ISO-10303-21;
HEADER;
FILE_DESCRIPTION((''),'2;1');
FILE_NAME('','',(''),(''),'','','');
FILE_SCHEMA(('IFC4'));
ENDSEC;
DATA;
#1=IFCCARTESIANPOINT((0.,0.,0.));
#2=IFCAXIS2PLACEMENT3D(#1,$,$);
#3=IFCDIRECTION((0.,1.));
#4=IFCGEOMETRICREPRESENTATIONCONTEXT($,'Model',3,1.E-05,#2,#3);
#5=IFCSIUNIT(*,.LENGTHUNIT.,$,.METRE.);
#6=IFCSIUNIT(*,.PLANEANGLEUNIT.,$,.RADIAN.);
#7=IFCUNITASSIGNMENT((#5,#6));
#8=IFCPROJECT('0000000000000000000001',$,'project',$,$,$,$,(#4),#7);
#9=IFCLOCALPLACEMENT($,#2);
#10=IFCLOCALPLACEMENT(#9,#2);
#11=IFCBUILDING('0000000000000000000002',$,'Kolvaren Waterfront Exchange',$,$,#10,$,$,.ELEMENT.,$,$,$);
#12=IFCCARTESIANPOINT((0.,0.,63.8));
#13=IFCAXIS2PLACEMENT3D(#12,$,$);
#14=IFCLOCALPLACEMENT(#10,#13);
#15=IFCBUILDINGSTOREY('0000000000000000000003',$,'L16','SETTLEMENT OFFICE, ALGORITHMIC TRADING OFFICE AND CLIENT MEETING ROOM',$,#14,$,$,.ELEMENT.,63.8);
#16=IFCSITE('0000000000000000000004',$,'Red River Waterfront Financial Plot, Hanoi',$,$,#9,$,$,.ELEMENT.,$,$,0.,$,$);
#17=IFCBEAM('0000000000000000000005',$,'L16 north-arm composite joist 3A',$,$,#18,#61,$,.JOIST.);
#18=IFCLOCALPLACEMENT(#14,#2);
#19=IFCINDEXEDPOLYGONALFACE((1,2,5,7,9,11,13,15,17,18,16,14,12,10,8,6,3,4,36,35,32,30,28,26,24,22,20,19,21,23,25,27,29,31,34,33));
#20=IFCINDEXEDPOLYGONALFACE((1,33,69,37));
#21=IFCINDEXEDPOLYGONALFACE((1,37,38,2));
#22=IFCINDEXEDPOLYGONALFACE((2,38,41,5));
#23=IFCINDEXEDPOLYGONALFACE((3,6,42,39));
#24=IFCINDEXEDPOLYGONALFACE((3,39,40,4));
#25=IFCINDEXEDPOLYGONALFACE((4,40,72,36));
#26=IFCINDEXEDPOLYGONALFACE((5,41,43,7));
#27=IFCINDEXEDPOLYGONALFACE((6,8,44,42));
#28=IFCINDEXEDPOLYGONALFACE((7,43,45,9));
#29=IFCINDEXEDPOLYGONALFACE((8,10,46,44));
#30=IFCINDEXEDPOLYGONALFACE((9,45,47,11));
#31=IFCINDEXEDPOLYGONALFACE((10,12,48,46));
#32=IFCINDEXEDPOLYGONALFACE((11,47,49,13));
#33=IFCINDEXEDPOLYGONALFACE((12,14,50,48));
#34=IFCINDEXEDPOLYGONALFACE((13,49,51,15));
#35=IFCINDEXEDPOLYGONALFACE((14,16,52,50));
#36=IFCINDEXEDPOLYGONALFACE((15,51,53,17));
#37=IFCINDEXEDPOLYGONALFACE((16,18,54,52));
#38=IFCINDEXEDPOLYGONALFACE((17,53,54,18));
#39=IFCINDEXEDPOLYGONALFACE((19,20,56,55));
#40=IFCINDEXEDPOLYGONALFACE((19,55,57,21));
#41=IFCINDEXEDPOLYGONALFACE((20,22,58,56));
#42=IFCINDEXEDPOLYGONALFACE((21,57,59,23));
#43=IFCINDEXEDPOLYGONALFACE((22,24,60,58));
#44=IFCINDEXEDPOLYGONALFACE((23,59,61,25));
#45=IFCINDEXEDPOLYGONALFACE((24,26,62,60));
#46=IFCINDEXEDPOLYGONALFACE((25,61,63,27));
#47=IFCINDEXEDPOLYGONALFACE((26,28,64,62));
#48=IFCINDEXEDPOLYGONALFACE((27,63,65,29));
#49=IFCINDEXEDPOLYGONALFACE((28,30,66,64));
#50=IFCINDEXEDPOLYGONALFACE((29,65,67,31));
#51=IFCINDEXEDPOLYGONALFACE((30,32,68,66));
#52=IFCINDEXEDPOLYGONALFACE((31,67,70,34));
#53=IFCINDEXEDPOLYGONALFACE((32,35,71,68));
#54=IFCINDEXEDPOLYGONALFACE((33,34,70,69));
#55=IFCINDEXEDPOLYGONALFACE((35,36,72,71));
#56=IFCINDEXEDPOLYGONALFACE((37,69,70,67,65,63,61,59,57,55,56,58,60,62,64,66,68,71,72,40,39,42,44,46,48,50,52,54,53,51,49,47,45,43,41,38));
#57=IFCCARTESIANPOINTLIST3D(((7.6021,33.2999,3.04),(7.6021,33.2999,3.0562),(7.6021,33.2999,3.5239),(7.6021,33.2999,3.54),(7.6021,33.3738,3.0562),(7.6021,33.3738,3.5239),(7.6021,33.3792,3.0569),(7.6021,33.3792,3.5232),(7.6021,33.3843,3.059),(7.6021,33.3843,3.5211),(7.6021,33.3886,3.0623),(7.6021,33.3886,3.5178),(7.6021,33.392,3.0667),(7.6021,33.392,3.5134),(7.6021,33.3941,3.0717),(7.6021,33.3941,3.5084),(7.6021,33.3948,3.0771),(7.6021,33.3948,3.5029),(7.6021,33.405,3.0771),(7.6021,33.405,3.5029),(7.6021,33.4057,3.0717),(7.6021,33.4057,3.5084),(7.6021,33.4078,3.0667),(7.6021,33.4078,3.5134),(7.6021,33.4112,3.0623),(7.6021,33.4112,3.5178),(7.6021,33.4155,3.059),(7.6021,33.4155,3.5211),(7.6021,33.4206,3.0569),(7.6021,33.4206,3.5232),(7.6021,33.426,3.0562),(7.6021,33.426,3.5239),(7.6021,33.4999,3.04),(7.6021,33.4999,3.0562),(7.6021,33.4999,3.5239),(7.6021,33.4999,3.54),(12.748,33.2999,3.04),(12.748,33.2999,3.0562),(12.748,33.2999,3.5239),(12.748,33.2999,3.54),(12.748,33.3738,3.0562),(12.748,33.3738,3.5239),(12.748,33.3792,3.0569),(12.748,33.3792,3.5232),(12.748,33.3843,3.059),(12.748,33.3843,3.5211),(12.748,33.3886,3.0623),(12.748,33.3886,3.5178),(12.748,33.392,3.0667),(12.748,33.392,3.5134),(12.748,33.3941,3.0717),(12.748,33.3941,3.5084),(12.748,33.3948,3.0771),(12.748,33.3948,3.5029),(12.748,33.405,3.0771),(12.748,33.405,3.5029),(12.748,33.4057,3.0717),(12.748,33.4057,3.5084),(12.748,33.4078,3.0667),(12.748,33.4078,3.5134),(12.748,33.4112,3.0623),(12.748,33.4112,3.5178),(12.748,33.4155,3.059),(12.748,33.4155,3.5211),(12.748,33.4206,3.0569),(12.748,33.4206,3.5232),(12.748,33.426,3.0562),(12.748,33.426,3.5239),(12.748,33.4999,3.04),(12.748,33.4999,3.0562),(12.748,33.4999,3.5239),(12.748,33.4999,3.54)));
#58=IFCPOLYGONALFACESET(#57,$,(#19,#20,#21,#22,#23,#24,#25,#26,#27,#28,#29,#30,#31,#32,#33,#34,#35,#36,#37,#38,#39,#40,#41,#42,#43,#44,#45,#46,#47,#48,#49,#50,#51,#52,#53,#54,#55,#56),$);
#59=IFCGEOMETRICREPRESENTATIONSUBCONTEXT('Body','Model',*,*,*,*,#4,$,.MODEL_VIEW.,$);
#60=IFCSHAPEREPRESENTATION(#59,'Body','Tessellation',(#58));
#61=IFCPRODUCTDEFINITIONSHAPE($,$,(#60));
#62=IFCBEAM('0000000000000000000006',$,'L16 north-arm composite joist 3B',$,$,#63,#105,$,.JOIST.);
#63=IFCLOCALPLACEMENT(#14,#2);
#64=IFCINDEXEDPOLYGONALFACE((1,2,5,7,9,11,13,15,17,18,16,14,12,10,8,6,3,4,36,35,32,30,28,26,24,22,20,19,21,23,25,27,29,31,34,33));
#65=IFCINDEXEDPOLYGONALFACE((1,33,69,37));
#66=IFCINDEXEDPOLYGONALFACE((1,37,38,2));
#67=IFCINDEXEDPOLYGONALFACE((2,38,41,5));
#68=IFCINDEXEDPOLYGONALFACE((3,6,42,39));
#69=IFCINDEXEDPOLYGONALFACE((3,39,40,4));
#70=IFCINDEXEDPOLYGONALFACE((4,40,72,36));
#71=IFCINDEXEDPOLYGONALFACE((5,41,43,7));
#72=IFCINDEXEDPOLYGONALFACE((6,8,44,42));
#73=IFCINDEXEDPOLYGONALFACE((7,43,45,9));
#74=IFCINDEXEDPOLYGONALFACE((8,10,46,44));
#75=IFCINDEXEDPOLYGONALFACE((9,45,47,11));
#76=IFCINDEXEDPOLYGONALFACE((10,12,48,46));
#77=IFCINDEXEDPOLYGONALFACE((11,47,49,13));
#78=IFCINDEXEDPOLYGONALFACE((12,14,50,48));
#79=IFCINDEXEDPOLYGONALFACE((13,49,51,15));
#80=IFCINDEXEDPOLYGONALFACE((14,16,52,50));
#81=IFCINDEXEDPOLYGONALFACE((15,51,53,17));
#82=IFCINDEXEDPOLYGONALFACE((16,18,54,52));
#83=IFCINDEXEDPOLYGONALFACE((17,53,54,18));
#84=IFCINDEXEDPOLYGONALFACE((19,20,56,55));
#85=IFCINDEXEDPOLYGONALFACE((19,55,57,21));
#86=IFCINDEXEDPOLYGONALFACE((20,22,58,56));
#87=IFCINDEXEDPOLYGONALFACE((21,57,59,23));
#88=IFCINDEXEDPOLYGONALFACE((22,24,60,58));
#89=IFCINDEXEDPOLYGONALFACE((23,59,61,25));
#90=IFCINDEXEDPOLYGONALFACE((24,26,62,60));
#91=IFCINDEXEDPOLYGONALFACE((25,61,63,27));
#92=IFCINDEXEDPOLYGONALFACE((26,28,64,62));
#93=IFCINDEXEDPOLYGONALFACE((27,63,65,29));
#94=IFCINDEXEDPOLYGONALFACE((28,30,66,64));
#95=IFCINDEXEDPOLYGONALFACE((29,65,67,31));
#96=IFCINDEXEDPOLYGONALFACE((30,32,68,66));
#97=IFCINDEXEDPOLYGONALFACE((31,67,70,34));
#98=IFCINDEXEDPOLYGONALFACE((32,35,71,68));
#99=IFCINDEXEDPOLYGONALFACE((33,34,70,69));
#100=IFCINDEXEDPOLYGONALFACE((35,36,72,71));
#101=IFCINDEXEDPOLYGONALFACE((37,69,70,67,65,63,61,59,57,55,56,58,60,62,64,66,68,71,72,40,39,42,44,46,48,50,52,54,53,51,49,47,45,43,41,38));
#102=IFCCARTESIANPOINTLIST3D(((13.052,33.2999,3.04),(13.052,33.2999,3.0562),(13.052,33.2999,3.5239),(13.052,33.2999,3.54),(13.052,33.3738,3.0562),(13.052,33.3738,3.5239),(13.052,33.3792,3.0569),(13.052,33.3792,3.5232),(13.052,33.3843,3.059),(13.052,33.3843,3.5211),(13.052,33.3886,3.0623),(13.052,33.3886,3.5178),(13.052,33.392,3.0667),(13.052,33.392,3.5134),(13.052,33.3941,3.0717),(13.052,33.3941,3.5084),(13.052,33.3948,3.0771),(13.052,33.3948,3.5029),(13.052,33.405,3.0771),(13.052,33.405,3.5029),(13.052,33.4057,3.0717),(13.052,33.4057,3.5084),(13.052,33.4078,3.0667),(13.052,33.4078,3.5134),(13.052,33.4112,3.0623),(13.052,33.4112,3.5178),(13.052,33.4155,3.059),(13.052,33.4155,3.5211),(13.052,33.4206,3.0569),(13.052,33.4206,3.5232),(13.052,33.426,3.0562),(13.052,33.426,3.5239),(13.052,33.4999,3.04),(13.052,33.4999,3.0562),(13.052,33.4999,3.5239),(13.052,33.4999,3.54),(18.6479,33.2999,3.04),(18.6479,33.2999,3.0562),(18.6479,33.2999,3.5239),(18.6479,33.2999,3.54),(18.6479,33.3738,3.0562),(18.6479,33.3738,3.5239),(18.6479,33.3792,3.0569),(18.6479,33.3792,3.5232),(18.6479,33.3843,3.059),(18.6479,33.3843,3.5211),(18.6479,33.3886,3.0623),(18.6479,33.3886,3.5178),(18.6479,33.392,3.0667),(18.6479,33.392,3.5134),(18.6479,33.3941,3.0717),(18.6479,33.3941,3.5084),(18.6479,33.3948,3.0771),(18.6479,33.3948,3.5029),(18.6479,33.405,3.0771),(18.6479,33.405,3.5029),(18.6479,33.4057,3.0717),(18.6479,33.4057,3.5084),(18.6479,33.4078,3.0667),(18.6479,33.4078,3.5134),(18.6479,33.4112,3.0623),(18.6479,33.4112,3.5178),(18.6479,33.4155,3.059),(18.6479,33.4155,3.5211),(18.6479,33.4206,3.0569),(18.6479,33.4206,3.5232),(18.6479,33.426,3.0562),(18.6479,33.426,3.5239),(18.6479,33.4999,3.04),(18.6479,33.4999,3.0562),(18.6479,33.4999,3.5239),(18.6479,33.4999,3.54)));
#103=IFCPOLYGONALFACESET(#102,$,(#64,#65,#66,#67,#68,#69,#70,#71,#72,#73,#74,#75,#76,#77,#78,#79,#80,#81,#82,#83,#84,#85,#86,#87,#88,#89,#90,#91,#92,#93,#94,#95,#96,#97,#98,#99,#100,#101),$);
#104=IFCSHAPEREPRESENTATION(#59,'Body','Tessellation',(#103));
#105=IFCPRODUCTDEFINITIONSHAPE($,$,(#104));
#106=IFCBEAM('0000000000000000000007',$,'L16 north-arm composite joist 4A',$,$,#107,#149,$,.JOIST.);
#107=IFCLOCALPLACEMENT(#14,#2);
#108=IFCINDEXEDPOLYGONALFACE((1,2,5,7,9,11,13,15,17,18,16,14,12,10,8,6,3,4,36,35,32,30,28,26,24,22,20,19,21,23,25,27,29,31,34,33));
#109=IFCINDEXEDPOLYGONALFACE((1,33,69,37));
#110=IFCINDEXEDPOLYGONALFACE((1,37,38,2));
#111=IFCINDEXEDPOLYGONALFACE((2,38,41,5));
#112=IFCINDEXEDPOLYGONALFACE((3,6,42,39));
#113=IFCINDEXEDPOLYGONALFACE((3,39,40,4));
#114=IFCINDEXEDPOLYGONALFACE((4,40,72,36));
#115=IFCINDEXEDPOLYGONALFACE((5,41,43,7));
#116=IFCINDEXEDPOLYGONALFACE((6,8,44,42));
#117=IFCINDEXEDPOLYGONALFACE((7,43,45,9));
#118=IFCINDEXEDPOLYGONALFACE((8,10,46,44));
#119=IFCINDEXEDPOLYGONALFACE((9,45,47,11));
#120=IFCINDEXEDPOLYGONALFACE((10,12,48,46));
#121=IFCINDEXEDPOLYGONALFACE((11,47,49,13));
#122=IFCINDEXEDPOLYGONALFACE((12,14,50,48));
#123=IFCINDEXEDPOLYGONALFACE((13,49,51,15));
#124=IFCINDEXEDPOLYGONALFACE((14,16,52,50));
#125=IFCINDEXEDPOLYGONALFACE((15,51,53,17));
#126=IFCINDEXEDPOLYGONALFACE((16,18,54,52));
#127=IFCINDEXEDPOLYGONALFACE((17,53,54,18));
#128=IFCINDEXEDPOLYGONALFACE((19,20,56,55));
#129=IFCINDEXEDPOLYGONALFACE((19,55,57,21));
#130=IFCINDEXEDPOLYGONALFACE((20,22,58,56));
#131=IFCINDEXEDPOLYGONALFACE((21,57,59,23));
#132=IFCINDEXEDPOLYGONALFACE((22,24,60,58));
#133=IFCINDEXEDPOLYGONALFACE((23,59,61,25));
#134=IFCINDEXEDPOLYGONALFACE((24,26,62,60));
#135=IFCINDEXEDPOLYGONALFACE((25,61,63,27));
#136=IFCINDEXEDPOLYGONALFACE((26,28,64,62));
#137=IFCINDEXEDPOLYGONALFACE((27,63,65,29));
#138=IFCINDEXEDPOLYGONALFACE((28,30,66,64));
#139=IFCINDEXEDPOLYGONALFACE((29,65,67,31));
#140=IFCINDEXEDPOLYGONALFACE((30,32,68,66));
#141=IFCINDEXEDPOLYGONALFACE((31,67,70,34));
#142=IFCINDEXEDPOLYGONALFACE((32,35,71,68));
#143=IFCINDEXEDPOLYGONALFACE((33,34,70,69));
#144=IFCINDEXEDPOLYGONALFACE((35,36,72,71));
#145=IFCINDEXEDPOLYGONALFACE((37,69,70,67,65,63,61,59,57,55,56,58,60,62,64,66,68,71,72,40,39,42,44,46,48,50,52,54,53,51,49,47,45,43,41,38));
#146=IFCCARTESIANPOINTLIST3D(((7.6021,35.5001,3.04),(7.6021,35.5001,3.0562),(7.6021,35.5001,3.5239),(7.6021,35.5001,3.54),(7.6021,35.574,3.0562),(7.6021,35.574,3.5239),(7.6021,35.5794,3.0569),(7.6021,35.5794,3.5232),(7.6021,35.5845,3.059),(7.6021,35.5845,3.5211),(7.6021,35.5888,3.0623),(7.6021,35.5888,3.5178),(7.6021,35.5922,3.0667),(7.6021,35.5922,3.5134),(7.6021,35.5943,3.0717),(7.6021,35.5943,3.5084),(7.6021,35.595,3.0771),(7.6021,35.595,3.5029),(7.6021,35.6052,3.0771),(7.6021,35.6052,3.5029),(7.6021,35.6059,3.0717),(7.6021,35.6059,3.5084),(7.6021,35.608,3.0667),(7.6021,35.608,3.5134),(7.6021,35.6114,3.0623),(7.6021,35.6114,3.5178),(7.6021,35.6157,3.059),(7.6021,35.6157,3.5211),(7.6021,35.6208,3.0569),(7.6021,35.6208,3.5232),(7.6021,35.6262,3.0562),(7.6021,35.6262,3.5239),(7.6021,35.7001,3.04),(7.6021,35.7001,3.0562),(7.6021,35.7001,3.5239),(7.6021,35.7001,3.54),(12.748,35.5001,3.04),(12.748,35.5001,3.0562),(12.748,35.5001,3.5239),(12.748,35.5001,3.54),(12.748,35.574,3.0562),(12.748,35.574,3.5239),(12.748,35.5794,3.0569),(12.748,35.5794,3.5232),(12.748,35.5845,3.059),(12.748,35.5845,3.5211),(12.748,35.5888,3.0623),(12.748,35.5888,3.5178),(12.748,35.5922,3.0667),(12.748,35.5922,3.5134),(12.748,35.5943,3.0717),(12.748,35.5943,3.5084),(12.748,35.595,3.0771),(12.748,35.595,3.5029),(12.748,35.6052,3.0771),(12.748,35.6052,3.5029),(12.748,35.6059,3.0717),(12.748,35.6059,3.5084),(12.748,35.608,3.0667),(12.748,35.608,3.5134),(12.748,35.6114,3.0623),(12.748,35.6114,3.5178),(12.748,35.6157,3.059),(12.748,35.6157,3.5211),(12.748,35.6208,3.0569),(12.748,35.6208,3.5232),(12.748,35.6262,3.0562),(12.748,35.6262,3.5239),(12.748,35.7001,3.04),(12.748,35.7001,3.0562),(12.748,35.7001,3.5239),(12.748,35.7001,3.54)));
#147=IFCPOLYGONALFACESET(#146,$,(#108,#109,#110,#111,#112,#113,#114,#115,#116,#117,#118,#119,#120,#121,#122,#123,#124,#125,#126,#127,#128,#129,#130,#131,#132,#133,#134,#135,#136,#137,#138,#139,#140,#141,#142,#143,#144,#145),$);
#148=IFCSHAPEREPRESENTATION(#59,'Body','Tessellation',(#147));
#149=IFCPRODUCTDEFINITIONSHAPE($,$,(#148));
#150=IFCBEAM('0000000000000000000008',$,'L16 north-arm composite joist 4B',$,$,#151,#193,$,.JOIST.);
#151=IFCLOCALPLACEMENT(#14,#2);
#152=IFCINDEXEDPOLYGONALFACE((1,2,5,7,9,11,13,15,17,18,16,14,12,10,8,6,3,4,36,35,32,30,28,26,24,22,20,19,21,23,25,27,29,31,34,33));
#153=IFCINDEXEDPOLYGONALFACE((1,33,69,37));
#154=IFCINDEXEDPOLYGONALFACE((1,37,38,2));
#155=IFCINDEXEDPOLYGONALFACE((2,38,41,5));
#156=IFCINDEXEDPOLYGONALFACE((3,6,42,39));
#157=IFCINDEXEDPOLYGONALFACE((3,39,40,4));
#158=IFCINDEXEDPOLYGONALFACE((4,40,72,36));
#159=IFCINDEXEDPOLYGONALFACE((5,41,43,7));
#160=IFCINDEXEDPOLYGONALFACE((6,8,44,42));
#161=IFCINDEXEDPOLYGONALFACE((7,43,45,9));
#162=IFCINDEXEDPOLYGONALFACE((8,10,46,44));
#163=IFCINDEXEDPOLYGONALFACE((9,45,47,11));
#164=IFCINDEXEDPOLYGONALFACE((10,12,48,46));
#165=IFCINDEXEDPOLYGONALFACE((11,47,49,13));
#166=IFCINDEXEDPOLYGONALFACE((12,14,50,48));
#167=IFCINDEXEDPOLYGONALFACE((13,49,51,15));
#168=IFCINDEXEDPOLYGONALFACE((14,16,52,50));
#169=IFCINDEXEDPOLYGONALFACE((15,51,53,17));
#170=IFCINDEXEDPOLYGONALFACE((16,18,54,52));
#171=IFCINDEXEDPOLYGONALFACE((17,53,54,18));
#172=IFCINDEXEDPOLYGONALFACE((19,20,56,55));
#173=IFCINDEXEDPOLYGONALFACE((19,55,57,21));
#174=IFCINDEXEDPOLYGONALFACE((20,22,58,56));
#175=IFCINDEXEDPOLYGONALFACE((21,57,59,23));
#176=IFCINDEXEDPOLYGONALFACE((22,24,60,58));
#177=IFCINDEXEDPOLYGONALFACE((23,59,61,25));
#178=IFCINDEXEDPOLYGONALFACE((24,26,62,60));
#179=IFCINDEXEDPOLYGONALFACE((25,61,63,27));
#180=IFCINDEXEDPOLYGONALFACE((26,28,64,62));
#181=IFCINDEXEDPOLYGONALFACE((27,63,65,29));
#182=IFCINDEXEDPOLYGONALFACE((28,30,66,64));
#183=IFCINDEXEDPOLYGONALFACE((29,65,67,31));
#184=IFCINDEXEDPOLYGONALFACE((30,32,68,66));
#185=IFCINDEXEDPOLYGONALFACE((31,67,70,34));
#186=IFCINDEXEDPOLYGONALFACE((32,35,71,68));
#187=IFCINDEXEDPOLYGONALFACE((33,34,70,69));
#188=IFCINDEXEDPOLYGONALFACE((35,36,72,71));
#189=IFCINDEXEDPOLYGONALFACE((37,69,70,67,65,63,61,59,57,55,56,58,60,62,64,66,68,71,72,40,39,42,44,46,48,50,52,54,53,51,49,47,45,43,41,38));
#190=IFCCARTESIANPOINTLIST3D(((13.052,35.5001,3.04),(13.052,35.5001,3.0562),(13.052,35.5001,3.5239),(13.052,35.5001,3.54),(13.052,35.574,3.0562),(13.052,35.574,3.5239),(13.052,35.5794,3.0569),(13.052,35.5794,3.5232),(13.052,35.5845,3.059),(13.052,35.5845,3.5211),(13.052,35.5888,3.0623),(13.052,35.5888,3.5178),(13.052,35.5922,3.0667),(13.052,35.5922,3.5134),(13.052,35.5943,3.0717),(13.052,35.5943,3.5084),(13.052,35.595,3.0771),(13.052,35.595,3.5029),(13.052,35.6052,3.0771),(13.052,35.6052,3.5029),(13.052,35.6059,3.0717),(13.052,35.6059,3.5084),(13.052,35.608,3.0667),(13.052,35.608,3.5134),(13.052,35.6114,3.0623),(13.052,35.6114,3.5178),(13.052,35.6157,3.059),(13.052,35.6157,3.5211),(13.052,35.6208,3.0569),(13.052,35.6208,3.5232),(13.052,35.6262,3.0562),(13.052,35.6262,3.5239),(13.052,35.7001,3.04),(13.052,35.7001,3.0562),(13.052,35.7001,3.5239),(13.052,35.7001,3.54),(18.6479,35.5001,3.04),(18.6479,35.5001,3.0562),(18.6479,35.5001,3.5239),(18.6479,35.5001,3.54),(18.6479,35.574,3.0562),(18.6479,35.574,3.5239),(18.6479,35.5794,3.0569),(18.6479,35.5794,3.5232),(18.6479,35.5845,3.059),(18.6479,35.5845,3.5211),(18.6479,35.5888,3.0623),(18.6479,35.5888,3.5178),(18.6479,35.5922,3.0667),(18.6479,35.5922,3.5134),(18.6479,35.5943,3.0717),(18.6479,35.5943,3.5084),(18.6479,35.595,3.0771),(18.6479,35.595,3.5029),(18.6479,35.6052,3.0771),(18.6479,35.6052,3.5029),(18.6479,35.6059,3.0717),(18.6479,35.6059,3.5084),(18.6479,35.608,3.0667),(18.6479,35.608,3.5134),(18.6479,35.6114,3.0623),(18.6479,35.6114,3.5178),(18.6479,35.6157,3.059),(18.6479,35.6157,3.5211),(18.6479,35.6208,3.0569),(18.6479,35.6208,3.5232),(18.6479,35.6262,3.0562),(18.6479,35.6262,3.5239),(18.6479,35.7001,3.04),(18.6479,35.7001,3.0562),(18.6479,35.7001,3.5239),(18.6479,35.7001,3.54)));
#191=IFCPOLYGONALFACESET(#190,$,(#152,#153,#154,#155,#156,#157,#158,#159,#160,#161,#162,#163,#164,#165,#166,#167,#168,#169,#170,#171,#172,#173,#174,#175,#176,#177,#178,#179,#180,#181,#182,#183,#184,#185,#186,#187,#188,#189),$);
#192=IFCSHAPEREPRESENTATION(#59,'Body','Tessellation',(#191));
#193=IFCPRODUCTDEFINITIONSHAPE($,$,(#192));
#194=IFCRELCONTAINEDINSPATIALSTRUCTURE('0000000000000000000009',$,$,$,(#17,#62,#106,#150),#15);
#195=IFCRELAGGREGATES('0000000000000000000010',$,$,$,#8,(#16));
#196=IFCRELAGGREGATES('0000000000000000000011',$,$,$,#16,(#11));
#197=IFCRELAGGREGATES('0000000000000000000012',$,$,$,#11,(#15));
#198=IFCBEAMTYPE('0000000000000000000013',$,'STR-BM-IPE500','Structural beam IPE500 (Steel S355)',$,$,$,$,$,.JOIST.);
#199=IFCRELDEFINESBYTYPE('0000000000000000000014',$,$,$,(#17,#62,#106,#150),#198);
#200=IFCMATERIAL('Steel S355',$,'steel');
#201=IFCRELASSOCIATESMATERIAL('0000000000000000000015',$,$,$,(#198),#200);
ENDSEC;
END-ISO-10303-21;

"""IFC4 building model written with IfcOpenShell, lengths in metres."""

from ifc_helpers import new_model, si_unit, direction, frame, origin, origin_2d, place, context, subcontext, project, spatial, i_section, extrude, material, material_profile, profile_set, type_object, element, save


model = new_model("IFC4")

# Units and contexts
model_context = context("Model", 3, precision=1e-05, world=origin(), true_north=direction((0.0, 1.0)))
body_context = subcontext(model_context, "Body", "Model", "MODEL_VIEW")
ifc_project = project(units=[si_unit("LENGTHUNIT", "METRE"), si_unit("PLANEANGLEUNIT", "RADIAN")], contexts=[model_context])

# Site, building, storey
site_placement = place(None, origin())
site = spatial("IfcSite", under=ifc_project, at=site_placement, Name="Red River Waterfront Financial Plot, Hanoi", CompositionType="ELEMENT", RefElevation=0.0)
building_placement = place(site_placement, origin())
building = spatial("IfcBuilding", under=site, at=building_placement, Name="Kolvaren Waterfront Exchange", CompositionType="ELEMENT")
storey_placement = place(building_placement, frame((0.0, 0.0, 63.8)))
storey = spatial("IfcBuildingStorey", under=building, at=storey_placement, Name="L16", Description="SETTLEMENT OFFICE, ALGORITHMIC TRADING OFFICE AND CLIENT MEETING ROOM", CompositionType="ELEMENT", Elevation=63.8)

# Beams
ifc_material_1 = material(Name="Steel S355", Category="steel")
ifc_material_profile_1 = material_profile(ifc_material_1, i_section(OverallWidth=0.2, OverallDepth=0.5, WebThickness=0.0103, FlangeThickness=0.0161, FilletRadius=0.021, at=origin_2d()), Name="IPE500")
ifc_profile_set_1 = profile_set([ifc_material_profile_1], Name="Steel S355")
beam_type_1 = type_object("IfcBeamType", Name="STR-BM-IPE500", Description="Structural beam IPE500 (Steel S355)", PredefinedType="JOIST", material=ifc_profile_set_1)
beam_1_placement = place(storey_placement, frame((7.6021, 33.3999, 3.29), z_axis=(1.0, 0.0, 0.0), x_axis=(0.0, 1.0, 0.0)))
element("IfcBeam", 1, at=beam_1_placement, inside=storey, type_object=beam_type_1, Name="L16 north-arm composite joist 3A", PredefinedType="JOIST", context=body_context, shape_type="SweptSolid", body=[
    extrude(i_section(OverallWidth=0.2, OverallDepth=0.5, WebThickness=0.0103, FlangeThickness=0.0161, FilletRadius=0.021, at=origin_2d()), origin(), (0.0, 0.0, 1.0), 5.146),
])
beam_2_placement = place(storey_placement, frame((13.052, 33.3999, 3.29), z_axis=(1.0, 0.0, 0.0), x_axis=(0.0, 1.0, 0.0)))
element("IfcBeam", 2, at=beam_2_placement, inside=storey, type_object=beam_type_1, Name="L16 north-arm composite joist 3B", PredefinedType="JOIST", context=body_context, shape_type="SweptSolid", body=[
    extrude(i_section(OverallWidth=0.2, OverallDepth=0.5, WebThickness=0.0103, FlangeThickness=0.0161, FilletRadius=0.021, at=origin_2d()), origin(), (0.0, 0.0, 1.0), 5.5959),
])
beam_3_placement = place(storey_placement, frame((7.6021, 35.6001, 3.29), z_axis=(1.0, 0.0, 0.0), x_axis=(0.0, 1.0, 0.0)))
element("IfcBeam", 3, at=beam_3_placement, inside=storey, type_object=beam_type_1, Name="L16 north-arm composite joist 4A", PredefinedType="JOIST", context=body_context, shape_type="SweptSolid", body=[
    extrude(i_section(OverallWidth=0.2, OverallDepth=0.5, WebThickness=0.0103, FlangeThickness=0.0161, FilletRadius=0.021, at=origin_2d()), origin(), (0.0, 0.0, 1.0), 5.146),
])
beam_4_placement = place(storey_placement, frame((13.052, 35.6001, 3.29), z_axis=(1.0, 0.0, 0.0), x_axis=(0.0, 1.0, 0.0)))
element("IfcBeam", 4, at=beam_4_placement, inside=storey, type_object=beam_type_1, Name="L16 north-arm composite joist 4B", PredefinedType="JOIST", context=body_context, shape_type="SweptSolid", body=[
    extrude(i_section(OverallWidth=0.2, OverallDepth=0.5, WebThickness=0.0103, FlangeThickness=0.0161, FilletRadius=0.021, at=origin_2d()), origin(), (0.0, 0.0, 1.0), 5.5959),
])

save(model, "model.ifc")
